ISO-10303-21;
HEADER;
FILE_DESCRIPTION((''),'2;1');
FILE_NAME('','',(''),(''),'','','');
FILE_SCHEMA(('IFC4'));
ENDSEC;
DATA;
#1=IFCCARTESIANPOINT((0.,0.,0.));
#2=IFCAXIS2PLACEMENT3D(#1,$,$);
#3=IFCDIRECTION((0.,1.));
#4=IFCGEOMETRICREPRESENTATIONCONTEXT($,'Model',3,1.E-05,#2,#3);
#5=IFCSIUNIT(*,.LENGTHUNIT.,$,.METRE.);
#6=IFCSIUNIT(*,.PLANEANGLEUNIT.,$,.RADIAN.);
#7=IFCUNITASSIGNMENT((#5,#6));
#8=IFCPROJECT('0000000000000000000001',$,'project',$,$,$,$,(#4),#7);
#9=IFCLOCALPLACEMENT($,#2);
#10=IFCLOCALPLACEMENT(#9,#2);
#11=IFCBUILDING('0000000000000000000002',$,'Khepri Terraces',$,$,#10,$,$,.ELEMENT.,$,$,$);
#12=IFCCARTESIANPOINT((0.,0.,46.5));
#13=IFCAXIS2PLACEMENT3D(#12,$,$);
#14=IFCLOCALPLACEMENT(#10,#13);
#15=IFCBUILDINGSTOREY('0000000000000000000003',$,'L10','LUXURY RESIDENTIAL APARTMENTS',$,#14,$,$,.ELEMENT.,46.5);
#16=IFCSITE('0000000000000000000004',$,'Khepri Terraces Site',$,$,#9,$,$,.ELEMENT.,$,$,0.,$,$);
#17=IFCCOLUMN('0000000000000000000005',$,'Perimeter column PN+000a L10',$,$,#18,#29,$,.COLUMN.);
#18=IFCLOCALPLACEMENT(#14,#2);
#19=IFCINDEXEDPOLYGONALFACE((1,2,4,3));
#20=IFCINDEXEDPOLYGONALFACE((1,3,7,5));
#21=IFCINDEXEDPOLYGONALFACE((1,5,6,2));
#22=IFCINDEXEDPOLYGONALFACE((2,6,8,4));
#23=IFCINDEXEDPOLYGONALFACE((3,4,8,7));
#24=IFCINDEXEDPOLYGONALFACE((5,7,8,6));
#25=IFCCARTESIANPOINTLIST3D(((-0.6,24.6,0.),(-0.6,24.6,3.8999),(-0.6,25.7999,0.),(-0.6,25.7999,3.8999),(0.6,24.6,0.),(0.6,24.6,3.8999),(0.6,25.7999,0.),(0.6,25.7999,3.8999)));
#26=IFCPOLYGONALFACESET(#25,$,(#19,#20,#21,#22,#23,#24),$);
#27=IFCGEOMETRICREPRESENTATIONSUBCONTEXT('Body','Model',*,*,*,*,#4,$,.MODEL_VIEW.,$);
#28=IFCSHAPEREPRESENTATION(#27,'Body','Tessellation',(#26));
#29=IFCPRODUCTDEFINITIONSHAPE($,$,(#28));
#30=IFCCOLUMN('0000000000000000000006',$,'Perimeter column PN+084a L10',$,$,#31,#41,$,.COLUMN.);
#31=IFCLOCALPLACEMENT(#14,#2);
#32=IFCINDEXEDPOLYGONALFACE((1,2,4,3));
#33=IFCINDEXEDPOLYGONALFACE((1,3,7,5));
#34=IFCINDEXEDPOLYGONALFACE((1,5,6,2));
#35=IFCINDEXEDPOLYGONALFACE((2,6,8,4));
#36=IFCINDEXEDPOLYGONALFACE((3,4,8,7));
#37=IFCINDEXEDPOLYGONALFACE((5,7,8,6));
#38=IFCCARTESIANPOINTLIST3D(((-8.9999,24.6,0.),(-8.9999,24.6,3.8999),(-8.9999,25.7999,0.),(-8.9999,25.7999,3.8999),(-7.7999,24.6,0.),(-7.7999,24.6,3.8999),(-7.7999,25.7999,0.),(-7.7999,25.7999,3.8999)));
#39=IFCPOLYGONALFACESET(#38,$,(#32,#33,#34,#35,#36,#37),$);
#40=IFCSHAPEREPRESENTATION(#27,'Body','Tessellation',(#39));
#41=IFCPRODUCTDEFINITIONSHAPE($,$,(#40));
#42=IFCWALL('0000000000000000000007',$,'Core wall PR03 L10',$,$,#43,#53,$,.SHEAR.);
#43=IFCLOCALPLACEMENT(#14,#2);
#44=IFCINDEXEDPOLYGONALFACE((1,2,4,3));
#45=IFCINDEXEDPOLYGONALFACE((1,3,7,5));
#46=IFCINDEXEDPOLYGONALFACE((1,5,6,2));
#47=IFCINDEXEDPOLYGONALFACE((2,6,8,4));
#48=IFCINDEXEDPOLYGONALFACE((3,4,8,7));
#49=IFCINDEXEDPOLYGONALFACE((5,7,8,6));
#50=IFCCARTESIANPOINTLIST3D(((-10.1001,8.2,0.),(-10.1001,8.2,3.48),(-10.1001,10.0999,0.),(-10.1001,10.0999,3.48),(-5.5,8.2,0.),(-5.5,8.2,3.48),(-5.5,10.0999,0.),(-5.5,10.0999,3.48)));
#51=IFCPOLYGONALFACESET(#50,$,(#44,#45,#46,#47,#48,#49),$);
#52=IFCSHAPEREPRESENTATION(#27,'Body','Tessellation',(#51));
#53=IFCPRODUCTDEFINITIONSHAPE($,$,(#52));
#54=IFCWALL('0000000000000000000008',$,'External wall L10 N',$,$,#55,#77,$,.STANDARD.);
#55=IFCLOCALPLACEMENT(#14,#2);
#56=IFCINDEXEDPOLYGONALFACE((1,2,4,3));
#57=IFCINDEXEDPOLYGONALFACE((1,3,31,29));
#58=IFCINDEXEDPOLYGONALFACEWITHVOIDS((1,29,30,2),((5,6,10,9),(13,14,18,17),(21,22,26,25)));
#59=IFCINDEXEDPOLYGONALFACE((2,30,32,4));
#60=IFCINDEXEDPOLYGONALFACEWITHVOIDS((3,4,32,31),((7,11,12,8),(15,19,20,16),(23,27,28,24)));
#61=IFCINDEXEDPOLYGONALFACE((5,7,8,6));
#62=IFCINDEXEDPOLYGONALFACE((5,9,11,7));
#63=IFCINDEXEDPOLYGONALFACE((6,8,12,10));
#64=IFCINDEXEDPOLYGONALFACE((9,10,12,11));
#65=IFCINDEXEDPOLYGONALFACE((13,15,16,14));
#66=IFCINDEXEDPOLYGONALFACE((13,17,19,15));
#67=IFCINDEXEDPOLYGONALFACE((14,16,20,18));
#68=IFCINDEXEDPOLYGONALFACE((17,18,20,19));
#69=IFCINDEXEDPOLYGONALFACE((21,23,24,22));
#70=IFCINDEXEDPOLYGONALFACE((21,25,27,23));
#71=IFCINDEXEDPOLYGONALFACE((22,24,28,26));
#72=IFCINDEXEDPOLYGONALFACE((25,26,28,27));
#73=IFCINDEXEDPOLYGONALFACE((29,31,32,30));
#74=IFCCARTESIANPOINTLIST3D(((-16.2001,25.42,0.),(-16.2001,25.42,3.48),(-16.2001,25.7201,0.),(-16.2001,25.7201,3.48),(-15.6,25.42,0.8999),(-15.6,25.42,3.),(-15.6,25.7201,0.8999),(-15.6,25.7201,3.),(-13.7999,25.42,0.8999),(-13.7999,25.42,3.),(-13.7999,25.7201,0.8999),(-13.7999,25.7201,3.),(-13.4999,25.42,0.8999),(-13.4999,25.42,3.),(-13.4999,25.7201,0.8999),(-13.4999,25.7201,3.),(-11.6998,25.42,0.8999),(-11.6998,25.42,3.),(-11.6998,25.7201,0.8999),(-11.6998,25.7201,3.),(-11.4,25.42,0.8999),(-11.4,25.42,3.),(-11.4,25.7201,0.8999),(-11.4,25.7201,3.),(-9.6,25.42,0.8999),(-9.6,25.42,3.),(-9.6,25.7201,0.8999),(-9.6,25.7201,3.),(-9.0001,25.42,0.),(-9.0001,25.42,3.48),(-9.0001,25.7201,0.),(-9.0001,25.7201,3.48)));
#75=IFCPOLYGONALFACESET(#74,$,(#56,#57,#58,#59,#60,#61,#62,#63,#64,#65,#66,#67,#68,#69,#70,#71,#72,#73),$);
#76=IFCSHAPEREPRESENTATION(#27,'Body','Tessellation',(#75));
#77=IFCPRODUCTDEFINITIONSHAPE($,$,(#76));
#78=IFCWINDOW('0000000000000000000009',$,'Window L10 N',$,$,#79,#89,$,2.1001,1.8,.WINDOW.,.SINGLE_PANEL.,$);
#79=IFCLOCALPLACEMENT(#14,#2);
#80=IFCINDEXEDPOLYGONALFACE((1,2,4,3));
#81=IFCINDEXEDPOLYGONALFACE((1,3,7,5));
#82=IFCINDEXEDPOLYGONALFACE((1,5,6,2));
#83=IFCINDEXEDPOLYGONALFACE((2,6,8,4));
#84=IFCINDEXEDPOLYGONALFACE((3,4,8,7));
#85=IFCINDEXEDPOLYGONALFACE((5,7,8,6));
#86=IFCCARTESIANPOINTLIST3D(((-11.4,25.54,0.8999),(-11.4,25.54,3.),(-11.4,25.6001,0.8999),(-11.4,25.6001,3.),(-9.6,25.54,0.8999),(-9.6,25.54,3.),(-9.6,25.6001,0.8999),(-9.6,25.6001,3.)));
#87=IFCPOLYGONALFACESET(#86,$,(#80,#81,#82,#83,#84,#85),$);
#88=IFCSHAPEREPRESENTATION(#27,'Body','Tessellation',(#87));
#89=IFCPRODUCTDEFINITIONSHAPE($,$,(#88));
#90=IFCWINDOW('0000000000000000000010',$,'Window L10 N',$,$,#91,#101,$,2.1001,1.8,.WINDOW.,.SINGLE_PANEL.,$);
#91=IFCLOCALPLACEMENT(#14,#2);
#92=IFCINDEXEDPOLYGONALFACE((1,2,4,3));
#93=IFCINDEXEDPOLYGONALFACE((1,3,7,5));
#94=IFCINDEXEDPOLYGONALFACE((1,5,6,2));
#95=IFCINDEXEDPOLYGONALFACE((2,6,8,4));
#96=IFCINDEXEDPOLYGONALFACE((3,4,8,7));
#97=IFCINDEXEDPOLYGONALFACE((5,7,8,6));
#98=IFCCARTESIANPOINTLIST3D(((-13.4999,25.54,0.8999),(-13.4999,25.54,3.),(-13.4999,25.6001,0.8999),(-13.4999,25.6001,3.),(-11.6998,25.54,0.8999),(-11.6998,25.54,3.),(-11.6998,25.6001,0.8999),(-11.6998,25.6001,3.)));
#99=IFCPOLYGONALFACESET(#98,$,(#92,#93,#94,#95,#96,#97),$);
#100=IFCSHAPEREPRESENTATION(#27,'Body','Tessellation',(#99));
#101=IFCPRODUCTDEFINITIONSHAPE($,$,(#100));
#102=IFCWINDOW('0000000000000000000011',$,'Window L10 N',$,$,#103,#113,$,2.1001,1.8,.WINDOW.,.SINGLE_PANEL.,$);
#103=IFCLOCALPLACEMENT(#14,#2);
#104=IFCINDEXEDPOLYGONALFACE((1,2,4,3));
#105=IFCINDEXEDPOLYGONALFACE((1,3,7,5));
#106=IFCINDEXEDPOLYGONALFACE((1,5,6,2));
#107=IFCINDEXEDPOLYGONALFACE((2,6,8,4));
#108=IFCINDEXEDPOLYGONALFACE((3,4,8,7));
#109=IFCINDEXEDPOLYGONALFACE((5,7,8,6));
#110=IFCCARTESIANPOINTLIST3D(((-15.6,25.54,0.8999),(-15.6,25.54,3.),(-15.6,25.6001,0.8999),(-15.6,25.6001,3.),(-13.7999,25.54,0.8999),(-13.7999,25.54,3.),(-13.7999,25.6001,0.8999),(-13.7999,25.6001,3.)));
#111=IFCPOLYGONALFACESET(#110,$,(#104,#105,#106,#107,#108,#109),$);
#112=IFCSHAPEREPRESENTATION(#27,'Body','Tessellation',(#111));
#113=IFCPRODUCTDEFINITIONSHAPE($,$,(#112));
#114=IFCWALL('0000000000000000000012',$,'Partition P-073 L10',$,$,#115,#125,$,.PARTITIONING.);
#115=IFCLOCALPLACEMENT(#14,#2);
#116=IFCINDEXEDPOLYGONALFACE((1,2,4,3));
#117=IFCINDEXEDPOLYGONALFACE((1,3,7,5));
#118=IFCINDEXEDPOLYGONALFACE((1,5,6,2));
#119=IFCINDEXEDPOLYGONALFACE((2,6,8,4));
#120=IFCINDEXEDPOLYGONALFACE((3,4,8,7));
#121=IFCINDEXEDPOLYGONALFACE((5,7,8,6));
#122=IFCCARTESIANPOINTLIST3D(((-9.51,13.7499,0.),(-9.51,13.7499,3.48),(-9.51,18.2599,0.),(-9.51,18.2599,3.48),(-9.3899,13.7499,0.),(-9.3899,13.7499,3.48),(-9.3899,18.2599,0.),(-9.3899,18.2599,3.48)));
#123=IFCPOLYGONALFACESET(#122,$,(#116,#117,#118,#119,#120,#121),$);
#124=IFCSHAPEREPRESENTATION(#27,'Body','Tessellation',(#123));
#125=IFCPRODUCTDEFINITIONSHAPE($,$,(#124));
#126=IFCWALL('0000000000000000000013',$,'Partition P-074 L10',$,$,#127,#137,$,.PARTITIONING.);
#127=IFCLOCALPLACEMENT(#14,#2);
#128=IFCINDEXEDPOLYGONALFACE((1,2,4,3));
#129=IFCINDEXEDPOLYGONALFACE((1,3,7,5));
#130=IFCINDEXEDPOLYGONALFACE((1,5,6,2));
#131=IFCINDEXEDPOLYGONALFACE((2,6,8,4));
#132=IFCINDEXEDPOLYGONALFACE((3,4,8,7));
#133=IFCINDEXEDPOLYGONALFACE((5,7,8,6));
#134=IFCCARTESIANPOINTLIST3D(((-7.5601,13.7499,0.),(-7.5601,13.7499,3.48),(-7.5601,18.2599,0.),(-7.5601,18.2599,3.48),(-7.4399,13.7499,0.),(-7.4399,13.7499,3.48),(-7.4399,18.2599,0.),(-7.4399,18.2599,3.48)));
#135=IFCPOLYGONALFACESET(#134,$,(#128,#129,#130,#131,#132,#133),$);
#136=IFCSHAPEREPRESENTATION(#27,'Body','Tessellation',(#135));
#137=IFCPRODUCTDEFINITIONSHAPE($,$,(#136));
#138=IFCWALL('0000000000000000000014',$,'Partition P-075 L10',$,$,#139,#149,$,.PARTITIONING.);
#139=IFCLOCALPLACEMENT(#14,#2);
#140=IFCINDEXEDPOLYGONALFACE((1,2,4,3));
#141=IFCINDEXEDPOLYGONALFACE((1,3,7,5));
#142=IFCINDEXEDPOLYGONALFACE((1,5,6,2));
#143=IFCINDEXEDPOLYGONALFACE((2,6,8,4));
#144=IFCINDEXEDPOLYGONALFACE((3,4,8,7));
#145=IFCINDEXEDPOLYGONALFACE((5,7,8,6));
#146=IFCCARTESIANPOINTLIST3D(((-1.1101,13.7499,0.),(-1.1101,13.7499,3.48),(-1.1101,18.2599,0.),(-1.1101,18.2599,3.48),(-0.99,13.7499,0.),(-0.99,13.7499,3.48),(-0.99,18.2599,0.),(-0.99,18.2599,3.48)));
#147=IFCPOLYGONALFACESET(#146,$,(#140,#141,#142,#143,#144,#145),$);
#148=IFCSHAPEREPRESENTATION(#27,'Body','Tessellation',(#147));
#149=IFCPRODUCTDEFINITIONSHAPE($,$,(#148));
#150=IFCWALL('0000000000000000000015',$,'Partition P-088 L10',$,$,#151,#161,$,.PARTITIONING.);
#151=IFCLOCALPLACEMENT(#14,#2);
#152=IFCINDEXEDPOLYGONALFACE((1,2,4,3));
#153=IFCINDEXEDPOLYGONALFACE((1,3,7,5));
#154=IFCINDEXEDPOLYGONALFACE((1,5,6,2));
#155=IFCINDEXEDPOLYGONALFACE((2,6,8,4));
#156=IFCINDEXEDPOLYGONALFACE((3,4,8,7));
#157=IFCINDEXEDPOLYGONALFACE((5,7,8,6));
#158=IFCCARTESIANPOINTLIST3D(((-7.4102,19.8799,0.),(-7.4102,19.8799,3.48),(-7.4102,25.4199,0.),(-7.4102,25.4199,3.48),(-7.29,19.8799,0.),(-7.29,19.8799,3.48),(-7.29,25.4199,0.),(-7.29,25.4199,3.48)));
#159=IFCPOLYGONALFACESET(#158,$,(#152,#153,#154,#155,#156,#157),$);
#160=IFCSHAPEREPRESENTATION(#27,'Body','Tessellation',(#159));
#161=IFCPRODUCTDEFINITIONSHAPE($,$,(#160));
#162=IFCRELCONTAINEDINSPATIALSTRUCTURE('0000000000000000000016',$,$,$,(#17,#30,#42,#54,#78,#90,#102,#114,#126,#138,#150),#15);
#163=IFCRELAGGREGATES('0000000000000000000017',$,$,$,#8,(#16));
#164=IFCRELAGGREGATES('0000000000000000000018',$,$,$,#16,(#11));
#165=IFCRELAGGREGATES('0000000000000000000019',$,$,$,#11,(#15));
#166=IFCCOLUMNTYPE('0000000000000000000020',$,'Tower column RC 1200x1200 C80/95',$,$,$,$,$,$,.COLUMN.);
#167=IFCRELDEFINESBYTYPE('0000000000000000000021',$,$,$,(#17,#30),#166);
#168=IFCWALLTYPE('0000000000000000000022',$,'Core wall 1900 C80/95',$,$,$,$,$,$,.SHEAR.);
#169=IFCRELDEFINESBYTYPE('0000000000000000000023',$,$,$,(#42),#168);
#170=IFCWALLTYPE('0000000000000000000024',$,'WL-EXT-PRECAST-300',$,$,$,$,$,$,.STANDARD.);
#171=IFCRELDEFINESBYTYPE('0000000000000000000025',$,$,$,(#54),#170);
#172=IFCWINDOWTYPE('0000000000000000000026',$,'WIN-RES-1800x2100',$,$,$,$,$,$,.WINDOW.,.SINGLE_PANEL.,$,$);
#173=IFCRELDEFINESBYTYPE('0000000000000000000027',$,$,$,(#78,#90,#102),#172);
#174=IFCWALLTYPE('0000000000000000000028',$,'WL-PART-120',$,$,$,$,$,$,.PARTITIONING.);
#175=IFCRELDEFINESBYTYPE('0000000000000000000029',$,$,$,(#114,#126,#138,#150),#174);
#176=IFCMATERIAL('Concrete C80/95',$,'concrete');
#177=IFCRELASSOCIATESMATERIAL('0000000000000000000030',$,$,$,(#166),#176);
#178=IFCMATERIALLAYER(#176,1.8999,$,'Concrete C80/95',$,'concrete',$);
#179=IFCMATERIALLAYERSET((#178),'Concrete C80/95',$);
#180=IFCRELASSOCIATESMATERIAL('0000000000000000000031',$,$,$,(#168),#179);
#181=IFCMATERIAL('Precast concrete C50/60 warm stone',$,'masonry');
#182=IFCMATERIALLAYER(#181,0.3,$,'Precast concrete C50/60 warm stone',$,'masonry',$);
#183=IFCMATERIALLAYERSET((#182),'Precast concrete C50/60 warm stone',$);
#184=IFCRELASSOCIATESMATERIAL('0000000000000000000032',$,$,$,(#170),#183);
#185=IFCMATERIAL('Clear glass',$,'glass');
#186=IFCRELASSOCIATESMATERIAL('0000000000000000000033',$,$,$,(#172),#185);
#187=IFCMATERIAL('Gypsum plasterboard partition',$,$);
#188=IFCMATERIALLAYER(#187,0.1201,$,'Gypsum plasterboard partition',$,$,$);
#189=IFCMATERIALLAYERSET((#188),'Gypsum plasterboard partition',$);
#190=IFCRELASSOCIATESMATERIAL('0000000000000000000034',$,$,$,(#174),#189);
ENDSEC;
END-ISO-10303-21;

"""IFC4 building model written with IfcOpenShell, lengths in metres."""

from ifc_helpers import new_model, si_unit, direction, frame, frame_2d, origin, origin_2d, place, context, subcontext, project, spatial, rectangle, extrude, material, layer, layer_set, material_profile, profile_set, type_object, element, fill, save


model = new_model("IFC4")

# Units and contexts
model_context = context("Model", 3, precision=1e-05, world=origin(), true_north=direction((0.0, 1.0)))
body_context = subcontext(model_context, "Body", "Model", "MODEL_VIEW")
ifc_project = project(units=[si_unit("LENGTHUNIT", "METRE"), si_unit("PLANEANGLEUNIT", "RADIAN")], contexts=[model_context])

# Site, building, storey
site_placement = place(None, origin())
site = spatial("IfcSite", under=ifc_project, at=site_placement, Name="Khepri Terraces Site", CompositionType="ELEMENT", RefElevation=0.0)
building_placement = place(site_placement, origin())
building = spatial("IfcBuilding", under=site, at=building_placement, Name="Khepri Terraces", CompositionType="ELEMENT")
storey_placement = place(building_placement, frame((0.0, 0.0, 46.5)))
storey = spatial("IfcBuildingStorey", under=building, at=storey_placement, Name="L10", Description="LUXURY RESIDENTIAL APARTMENTS", CompositionType="ELEMENT", Elevation=46.5)

# Columns
ifc_material_1 = material(Name="Concrete C80/95", Category="concrete")
ifc_material_profile = material_profile(ifc_material_1, rectangle(XDim=1.2, YDim=1.2, at=origin_2d()), Name="Concrete C80/95", Category="concrete")
ifc_profile_set = profile_set([ifc_material_profile], Name="Concrete C80/95")
column_type = type_object("IfcColumnType", Name="Tower column RC 1200x1200 C80/95", PredefinedType="COLUMN", material=ifc_profile_set)
for number, where, z_axis, x_axis, name in (
    (1, (0.0, 25.2, 0.0), (0.0, 0.0, 1.0), (1.0, 0.0, 0.0), "Perimeter column PN+000a L10"),
    (2, (-8.3999, 25.2, 0.0), (0.0, 0.0, 1.0), (1.0, 0.0, 0.0), "Perimeter column PN+084a L10"),
):
    element("IfcColumn", number, at=place(storey_placement, frame(where, z_axis=z_axis, x_axis=x_axis)), inside=storey, type_object=column_type, Name=name, PredefinedType="COLUMN", context=body_context, shape_type="SweptSolid", body=[
        extrude(rectangle(XDim=1.2, YDim=1.2, at=origin_2d()), origin(), (0.0, 0.0, 1.0), 3.8999),
    ])

# Wall
ifc_layer_1 = layer(ifc_material_1, 1.8999, Name="Concrete C80/95", Category="concrete")
ifc_layer_set_1 = layer_set([ifc_layer_1], Name="Concrete C80/95")
wall_type_1 = type_object("IfcWallType", Name="Core wall 1900 C80/95", PredefinedType="SHEAR", material=ifc_layer_set_1)
wall_1_placement = place(storey_placement, frame((-10.1001, 9.1499, 0.0), z_axis=(0.0, 0.0, 1.0), x_axis=(1.0, 0.0, 0.0)))
element("IfcWall", 3, at=wall_1_placement, inside=storey, type_object=wall_type_1, Name="Core wall PR03 L10", PredefinedType="SHEAR", context=body_context, shape_type="SweptSolid", body=[
    extrude(rectangle(XDim=4.6001, YDim=1.8999, at=frame_2d((2.3, 0.0))), origin(), (0.0, 0.0, 1.0), 3.48),
])

# Shared definitions
ifc_material_2 = material(Name="Precast concrete C50/60 warm stone", Category="masonry")
ifc_layer_2 = layer(ifc_material_2, 0.3, Name="Precast concrete C50/60 warm stone", Category="masonry")
ifc_layer_set_2 = layer_set([ifc_layer_2], Name="Precast concrete C50/60 warm stone")
wall_type_2 = type_object("IfcWallType", Name="WL-EXT-PRECAST-300", PredefinedType="STANDARD", material=ifc_layer_set_2)
ifc_material_3 = material(Name="Clear glass", Category="glass")
window_type = type_object("IfcWindowType", Name="WIN-RES-1800x2100", PartitioningType="SINGLE_PANEL", PredefinedType="WINDOW", material=ifc_material_3)

# Wall, openings, windows
wall_2_placement = place(storey_placement, frame((-9.0, 25.5701, 0.0), z_axis=(0.0, 0.0, 1.0), x_axis=(-1.0, 0.0, 0.0)))
wall_2 = element("IfcWall", 4, at=wall_2_placement, inside=storey, type_object=wall_type_2, Name="External wall L10 N", PredefinedType="STANDARD", context=body_context, shape_type="SweptSolid", body=[
    extrude(rectangle(XDim=7.2, YDim=0.3, at=frame_2d((3.6001, 0.0))), origin(), (0.0, 0.0, 1.0), 3.48),
])
opening_1_placement = place(wall_2_placement, frame((0.6001, 0.0, 0.8999)))
opening_1 = element("IfcOpeningElement", 5, at=opening_1_placement, cuts=wall_2, PredefinedType="OPENING", context=body_context, shape_type="SweptSolid", body=[
    extrude(rectangle(XDim=1.8, YDim=2.1001, at=frame_2d((0.8999, 1.05))), frame((0.0, 0.1602, 0.0), z_axis=(0.0, -1.0, 0.0), x_axis=(1.0, 0.0, 0.0)), (0.0, 0.0, 1.0), 0.3201),
])
opening_2_placement = place(wall_2_placement, frame((2.7, 0.0, 0.8999)))
opening_2 = element("IfcOpeningElement", 6, at=opening_2_placement, cuts=wall_2, PredefinedType="OPENING", context=body_context, shape_type="SweptSolid", body=[
    extrude(rectangle(XDim=1.8, YDim=2.1001, at=frame_2d((0.8999, 1.05))), frame((0.0, 0.1602, 0.0), z_axis=(0.0, -1.0, 0.0), x_axis=(1.0, 0.0, 0.0)), (0.0, 0.0, 1.0), 0.3201),
])
opening_3_placement = place(wall_2_placement, frame((4.8, 0.0, 0.8999)))
opening_3 = element("IfcOpeningElement", 7, at=opening_3_placement, cuts=wall_2, PredefinedType="OPENING", context=body_context, shape_type="SweptSolid", body=[
    extrude(rectangle(XDim=1.8, YDim=2.1001, at=frame_2d((0.8999, 1.05))), frame((0.0, 0.1602, 0.0), z_axis=(0.0, -1.0, 0.0), x_axis=(1.0, 0.0, 0.0)), (0.0, 0.0, 1.0), 0.3201),
])
window_1_placement = place(opening_1_placement, origin())
window_1 = element("IfcWindow", 8, at=window_1_placement, inside=storey, type_object=window_type, Name="Window L10 N", OverallHeight=2.1001, OverallWidth=1.8, PartitioningType="SINGLE_PANEL", PredefinedType="WINDOW", context=body_context, shape_type="SweptSolid", body=[
    extrude(rectangle(XDim=1.8, YDim=2.1001, at=frame_2d((0.8999, 1.05))), frame((0.0, 0.03, 0.0), z_axis=(0.0, -1.0, 0.0), x_axis=(1.0, 0.0, 0.0)), (0.0, 0.0, 1.0), 0.0601),
])
fill(opening_1, window_1)
window_2_placement = place(opening_2_placement, origin())
window_2 = element("IfcWindow", 9, at=window_2_placement, inside=storey, type_object=window_type, Name="Window L10 N", OverallHeight=2.1001, OverallWidth=1.8, PartitioningType="SINGLE_PANEL", PredefinedType="WINDOW", context=body_context, shape_type="SweptSolid", body=[
    extrude(rectangle(XDim=1.8, YDim=2.1001, at=frame_2d((0.8999, 1.05))), frame((0.0, 0.03, 0.0), z_axis=(0.0, -1.0, 0.0), x_axis=(1.0, 0.0, 0.0)), (0.0, 0.0, 1.0), 0.0601),
])
fill(opening_2, window_2)
window_3_placement = place(opening_3_placement, origin())
window_3 = element("IfcWindow", 10, at=window_3_placement, inside=storey, type_object=window_type, Name="Window L10 N", OverallHeight=2.1001, OverallWidth=1.8, PartitioningType="SINGLE_PANEL", PredefinedType="WINDOW", context=body_context, shape_type="SweptSolid", body=[
    extrude(rectangle(XDim=1.8, YDim=2.1001, at=frame_2d((0.8999, 1.05))), frame((0.0, 0.03, 0.0), z_axis=(0.0, -1.0, 0.0), x_axis=(1.0, 0.0, 0.0)), (0.0, 0.0, 1.0), 0.0601),
])
fill(opening_3, window_3)

# Walls
ifc_material_4 = material(Name="Gypsum plasterboard partition")
ifc_layer_3 = layer(ifc_material_4, 0.1201, Name="Gypsum plasterboard partition")
ifc_layer_set_3 = layer_set([ifc_layer_3], Name="Gypsum plasterboard partition")
wall_type_3 = type_object("IfcWallType", Name="WL-PART-120", PredefinedType="PARTITIONING", material=ifc_layer_set_3)
for number, where, z_axis, x_axis, name in (
    (11, (-9.45, 13.75, 0.0), (0.0, 0.0, 1.0), (0.0, 1.0, 0.0), "Partition P-073 L10"),
    (12, (-7.5, 13.75, 0.0), (0.0, 0.0, 1.0), (0.0, 1.0, 0.0), "Partition P-074 L10"),
    (13, (-1.05, 13.75, 0.0), (0.0, 0.0, 1.0), (0.0, 1.0, 0.0), "Partition P-075 L10"),
):
    element("IfcWall", number, at=place(storey_placement, frame(where, z_axis=z_axis, x_axis=x_axis)), inside=storey, type_object=wall_type_3, Name=name, PredefinedType="PARTITIONING", context=body_context, shape_type="SweptSolid", body=[
        extrude(rectangle(XDim=4.51, YDim=0.1201, at=frame_2d((2.2549, 0.0))), origin(), (0.0, 0.0, 1.0), 3.48),
    ])
wall_3_placement = place(storey_placement, frame((-7.3501, 19.8799, 0.0), z_axis=(0.0, 0.0, 1.0), x_axis=(0.0, 1.0, 0.0)))
element("IfcWall", 14, at=wall_3_placement, inside=storey, type_object=wall_type_3, Name="Partition P-088 L10", PredefinedType="PARTITIONING", context=body_context, shape_type="SweptSolid", body=[
    extrude(rectangle(XDim=5.54, YDim=0.1201, at=frame_2d((2.77, 0.0))), origin(), (0.0, 0.0, 1.0), 3.48),
])

save(model, "model.ifc")
